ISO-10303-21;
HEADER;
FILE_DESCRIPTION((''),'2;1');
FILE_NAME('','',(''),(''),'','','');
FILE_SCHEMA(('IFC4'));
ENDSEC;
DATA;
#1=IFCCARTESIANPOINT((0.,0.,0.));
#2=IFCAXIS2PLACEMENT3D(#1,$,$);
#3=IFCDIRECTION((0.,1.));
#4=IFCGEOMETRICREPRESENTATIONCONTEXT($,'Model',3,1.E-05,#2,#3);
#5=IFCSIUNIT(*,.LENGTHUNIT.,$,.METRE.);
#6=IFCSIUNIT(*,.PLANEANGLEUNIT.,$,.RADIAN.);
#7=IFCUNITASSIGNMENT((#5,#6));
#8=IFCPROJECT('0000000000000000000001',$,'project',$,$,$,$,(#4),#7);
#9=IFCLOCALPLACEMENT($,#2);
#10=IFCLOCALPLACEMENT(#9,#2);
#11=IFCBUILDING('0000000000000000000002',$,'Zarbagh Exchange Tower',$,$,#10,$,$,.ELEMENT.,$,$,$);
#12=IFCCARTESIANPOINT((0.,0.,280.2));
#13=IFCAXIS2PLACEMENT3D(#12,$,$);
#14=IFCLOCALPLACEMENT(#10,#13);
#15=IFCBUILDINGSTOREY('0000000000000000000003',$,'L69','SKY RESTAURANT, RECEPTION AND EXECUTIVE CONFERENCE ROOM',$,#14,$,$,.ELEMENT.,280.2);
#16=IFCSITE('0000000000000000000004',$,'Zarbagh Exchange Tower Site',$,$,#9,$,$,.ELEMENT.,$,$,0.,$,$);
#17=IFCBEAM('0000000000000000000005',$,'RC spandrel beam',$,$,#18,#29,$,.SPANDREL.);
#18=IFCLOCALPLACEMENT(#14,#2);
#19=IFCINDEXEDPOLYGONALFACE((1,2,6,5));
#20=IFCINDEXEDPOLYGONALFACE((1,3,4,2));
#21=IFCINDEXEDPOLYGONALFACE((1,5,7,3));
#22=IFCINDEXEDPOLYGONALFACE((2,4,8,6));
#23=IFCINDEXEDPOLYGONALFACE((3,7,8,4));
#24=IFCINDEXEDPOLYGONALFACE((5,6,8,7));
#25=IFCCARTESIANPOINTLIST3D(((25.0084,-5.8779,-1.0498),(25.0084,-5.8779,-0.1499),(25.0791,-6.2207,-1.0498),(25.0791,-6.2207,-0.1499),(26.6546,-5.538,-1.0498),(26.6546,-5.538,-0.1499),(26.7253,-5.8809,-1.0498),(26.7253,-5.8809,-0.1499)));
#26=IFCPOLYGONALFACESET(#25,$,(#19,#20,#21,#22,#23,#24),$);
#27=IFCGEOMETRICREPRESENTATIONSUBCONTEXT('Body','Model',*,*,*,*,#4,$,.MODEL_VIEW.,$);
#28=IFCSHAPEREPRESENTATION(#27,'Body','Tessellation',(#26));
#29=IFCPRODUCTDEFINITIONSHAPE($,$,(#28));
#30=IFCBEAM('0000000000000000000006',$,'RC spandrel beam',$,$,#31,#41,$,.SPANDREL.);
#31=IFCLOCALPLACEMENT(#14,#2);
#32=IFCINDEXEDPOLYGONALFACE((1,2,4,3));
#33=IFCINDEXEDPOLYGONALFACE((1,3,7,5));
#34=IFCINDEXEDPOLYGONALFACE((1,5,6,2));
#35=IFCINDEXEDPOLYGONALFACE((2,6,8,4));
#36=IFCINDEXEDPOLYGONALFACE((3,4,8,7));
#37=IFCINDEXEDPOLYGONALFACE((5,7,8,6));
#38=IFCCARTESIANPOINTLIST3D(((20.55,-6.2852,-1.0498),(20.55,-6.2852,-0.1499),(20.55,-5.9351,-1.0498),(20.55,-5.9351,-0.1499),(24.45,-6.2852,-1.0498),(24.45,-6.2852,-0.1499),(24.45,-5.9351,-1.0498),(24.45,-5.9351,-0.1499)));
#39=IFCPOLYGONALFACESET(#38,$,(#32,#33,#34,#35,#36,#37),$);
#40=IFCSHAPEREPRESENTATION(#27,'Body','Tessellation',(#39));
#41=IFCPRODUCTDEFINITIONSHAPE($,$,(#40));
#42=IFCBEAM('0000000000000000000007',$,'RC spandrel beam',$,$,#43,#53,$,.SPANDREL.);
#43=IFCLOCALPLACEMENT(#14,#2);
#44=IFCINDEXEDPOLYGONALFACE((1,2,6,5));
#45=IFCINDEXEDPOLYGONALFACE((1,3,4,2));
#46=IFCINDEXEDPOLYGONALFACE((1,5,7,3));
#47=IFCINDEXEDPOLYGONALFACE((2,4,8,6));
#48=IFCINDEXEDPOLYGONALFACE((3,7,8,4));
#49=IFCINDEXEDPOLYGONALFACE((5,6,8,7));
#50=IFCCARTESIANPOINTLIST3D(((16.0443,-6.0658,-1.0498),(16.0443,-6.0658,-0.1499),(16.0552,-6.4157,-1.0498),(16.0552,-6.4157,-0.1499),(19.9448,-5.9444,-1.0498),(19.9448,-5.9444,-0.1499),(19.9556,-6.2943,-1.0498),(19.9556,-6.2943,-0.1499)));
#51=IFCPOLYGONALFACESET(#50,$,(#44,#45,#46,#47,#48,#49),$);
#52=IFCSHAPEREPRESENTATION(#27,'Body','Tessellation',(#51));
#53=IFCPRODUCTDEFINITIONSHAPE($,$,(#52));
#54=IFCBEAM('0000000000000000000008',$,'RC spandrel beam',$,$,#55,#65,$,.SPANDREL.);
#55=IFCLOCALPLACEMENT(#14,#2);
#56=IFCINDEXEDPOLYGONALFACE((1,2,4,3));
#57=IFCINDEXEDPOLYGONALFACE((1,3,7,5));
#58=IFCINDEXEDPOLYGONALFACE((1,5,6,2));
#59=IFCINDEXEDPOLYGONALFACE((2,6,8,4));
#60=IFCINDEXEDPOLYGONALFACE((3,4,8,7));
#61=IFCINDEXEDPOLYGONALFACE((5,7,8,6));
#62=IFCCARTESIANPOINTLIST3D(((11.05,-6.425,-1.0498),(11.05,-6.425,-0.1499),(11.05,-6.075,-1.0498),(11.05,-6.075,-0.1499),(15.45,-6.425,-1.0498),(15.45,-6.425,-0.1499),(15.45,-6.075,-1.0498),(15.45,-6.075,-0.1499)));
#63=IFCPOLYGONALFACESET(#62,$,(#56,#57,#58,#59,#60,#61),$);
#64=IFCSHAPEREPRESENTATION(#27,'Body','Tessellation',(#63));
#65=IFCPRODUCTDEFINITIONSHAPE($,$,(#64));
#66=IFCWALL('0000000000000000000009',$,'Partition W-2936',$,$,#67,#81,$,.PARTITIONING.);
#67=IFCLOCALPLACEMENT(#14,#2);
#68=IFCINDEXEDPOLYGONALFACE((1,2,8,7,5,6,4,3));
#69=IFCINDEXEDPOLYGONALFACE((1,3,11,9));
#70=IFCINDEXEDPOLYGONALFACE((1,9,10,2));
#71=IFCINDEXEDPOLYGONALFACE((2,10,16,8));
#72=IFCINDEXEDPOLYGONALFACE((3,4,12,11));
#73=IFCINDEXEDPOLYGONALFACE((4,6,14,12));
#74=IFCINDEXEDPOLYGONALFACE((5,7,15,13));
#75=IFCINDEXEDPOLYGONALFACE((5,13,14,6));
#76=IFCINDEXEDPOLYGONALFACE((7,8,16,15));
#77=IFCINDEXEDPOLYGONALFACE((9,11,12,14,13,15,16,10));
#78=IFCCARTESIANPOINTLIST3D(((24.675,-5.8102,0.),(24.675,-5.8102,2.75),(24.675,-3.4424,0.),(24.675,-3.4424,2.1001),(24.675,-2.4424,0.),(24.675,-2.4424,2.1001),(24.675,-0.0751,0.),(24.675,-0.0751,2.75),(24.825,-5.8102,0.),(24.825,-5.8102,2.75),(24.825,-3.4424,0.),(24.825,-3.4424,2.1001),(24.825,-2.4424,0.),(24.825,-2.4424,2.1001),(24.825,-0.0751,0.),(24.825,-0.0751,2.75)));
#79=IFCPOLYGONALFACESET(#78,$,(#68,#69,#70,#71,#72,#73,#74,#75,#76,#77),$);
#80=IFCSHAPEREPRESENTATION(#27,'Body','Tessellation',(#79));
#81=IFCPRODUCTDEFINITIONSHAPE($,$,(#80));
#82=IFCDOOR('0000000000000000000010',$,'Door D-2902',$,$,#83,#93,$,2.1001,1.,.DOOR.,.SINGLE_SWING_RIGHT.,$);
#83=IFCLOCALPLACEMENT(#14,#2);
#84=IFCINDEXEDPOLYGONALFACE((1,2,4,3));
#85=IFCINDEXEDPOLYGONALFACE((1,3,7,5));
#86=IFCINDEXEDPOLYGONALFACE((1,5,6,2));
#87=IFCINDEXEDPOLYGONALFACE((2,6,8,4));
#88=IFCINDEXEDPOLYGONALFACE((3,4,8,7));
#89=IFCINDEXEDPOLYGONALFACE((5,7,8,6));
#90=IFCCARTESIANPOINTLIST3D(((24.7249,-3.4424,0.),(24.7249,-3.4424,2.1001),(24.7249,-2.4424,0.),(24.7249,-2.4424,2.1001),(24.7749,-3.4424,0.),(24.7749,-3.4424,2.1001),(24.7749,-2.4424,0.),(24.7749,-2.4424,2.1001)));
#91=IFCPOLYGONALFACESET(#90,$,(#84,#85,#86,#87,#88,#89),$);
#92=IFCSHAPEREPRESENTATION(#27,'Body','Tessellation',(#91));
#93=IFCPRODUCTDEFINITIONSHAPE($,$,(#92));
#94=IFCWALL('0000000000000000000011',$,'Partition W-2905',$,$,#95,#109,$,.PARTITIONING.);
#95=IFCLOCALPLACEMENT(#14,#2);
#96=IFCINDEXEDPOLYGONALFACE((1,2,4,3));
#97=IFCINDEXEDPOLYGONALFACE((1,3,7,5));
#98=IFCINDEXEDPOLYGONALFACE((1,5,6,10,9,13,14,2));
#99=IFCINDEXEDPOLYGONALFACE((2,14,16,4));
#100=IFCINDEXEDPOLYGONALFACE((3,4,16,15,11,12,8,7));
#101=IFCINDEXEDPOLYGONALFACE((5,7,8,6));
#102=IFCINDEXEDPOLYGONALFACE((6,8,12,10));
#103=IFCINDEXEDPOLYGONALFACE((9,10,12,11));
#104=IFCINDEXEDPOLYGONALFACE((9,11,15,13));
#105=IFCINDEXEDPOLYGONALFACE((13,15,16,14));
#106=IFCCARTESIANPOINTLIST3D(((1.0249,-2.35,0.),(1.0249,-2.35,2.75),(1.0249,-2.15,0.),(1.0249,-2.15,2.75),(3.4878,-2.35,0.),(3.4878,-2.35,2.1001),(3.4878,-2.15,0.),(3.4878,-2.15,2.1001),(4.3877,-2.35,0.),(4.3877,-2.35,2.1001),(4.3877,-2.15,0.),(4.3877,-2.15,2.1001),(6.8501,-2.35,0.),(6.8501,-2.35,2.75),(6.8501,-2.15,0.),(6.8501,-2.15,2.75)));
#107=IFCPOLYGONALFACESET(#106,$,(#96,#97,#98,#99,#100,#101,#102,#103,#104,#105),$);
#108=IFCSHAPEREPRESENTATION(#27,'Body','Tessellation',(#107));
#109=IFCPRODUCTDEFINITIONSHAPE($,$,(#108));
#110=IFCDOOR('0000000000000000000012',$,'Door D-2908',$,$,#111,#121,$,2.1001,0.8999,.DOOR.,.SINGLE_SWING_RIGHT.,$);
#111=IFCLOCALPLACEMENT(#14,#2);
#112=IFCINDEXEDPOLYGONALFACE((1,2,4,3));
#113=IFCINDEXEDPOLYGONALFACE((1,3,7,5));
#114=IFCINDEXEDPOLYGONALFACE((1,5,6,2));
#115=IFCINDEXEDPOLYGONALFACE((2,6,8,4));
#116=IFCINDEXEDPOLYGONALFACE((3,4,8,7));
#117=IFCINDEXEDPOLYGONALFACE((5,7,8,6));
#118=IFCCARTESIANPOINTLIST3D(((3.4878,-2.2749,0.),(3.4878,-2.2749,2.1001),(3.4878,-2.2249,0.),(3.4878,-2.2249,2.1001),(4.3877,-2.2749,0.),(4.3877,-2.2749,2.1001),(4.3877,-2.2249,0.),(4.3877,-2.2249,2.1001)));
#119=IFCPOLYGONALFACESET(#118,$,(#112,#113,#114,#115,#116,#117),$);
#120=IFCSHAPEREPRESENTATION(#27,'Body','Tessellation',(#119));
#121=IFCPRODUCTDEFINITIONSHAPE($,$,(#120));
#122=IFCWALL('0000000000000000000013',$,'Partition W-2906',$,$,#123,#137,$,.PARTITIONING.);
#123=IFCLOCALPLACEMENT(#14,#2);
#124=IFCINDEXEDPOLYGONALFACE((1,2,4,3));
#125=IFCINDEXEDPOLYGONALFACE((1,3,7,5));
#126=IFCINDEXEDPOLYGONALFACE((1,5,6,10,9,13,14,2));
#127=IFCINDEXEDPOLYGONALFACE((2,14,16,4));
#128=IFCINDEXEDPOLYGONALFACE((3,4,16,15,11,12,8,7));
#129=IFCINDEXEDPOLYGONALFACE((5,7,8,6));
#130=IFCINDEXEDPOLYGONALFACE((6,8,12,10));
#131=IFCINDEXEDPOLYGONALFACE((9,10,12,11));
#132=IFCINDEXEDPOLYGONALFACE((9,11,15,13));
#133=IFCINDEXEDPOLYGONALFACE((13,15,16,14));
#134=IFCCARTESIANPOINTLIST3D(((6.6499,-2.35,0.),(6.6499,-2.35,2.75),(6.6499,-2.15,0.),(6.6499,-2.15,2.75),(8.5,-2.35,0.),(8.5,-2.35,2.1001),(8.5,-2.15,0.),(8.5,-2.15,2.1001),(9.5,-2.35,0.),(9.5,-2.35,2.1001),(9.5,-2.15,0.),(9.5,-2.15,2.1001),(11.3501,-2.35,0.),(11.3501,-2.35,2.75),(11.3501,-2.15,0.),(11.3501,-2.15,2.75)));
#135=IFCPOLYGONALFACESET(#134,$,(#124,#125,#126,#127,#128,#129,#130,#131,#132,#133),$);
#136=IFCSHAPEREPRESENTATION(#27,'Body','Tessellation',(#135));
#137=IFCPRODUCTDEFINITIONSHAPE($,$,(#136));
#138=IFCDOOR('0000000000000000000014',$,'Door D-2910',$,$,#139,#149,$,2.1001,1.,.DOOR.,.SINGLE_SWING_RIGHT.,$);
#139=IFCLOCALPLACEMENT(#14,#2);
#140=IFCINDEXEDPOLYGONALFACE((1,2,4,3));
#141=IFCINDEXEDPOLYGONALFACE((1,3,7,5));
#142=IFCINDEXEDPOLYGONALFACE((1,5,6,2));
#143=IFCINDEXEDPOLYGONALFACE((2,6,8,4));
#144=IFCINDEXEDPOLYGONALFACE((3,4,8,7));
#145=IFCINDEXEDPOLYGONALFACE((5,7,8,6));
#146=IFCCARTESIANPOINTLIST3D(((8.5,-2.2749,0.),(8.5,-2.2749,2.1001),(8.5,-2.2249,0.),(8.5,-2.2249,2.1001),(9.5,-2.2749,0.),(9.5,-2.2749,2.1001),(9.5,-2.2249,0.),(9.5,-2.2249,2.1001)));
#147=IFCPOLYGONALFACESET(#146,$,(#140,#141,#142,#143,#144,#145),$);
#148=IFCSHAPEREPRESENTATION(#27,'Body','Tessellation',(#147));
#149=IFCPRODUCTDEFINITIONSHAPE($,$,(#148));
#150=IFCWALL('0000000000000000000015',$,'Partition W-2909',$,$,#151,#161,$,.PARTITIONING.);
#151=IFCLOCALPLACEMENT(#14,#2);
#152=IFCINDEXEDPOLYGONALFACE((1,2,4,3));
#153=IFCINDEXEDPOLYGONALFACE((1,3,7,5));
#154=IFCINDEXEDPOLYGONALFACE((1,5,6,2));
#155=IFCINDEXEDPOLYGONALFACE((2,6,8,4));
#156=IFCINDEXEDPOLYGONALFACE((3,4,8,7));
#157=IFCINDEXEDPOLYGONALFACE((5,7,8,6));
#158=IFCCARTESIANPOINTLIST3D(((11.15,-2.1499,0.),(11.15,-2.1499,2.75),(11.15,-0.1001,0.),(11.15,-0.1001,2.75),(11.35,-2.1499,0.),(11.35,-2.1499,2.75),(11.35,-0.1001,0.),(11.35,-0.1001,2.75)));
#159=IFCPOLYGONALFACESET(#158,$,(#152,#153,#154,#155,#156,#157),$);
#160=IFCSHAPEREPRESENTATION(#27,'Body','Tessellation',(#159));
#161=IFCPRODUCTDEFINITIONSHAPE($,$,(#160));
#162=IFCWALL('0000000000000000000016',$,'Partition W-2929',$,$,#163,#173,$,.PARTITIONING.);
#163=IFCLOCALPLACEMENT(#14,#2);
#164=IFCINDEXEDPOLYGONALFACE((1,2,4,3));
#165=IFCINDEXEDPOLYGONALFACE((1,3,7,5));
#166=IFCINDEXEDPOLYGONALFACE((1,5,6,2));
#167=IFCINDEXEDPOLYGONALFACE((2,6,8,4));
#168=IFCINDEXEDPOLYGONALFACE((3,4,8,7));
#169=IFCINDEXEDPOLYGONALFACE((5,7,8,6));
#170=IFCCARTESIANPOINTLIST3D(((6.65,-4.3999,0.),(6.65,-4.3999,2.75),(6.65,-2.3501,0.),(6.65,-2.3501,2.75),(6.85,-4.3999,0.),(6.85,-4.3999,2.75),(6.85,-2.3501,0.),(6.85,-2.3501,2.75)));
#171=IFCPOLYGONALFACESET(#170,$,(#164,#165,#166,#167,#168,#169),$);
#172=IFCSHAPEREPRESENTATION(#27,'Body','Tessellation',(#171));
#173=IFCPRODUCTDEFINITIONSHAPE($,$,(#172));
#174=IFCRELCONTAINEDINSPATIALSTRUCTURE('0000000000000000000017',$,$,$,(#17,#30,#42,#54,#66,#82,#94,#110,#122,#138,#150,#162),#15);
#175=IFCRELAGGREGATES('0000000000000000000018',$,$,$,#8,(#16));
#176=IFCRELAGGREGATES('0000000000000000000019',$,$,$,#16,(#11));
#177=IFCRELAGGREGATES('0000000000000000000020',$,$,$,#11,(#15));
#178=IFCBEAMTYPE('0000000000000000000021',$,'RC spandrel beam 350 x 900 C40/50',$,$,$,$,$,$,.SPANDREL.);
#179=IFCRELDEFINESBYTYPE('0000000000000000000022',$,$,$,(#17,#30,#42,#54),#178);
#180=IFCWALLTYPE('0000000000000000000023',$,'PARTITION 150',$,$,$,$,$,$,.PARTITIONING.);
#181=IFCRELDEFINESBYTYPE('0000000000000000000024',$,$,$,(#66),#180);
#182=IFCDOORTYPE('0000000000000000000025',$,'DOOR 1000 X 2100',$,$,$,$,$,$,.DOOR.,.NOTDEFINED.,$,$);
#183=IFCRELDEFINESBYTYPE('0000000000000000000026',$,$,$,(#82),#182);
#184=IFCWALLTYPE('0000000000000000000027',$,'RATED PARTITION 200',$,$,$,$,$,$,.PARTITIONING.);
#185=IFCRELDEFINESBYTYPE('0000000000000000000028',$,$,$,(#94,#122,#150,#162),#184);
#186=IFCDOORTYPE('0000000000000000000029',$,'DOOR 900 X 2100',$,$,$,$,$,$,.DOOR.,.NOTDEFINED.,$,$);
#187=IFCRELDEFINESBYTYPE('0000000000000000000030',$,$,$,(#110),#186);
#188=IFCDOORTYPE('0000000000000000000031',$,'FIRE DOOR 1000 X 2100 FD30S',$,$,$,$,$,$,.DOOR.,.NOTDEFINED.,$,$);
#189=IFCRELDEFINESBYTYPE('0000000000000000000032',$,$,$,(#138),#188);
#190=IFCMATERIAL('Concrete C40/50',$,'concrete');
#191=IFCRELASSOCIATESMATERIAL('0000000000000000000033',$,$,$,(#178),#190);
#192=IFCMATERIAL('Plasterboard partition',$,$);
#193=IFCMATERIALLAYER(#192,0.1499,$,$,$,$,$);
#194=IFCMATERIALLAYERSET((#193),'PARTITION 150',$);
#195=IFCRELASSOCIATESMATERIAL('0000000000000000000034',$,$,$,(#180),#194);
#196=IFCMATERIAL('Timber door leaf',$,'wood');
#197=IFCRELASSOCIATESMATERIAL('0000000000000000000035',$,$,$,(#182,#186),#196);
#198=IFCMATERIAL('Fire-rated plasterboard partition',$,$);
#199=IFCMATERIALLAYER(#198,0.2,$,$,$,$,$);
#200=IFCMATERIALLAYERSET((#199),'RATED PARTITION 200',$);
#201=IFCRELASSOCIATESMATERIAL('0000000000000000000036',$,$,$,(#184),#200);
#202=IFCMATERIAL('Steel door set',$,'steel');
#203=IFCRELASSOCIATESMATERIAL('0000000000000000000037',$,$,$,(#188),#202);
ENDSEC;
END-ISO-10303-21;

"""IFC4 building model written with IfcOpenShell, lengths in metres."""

from ifc_helpers import new_model, si_unit, direction, frame, frame_2d, origin, origin_2d, place, context, subcontext, project, spatial, rectangle, extrude, material, layer, layer_set, material_profile, profile_set, type_object, element, fill, save


model = new_model("IFC4")

# Units and contexts
model_context = context("Model", 3, precision=1e-05, world=origin(), true_north=direction((0.0, 1.0)))
body_context = subcontext(model_context, "Body", "Model", "MODEL_VIEW")
ifc_project = project(units=[si_unit("LENGTHUNIT", "METRE"), si_unit("PLANEANGLEUNIT", "RADIAN")], contexts=[model_context])

# Site, building, storey
site_placement = place(None, origin())
site = spatial("IfcSite", under=ifc_project, at=site_placement, Name="Zarbagh Exchange Tower Site", CompositionType="ELEMENT", RefElevation=0.0)
building_placement = place(site_placement, origin())
building = spatial("IfcBuilding", under=site, at=building_placement, Name="Zarbagh Exchange Tower", CompositionType="ELEMENT")
storey_placement = place(building_placement, frame((0.0, 0.0, 280.2)))
storey = spatial("IfcBuildingStorey", under=building, at=storey_placement, Name="L69", Description="SKY RESTAURANT, RECEPTION AND EXECUTIVE CONFERENCE ROOM", CompositionType="ELEMENT", Elevation=280.2)

# Shared definitions
ifc_material_1 = material(Name="Concrete C40/50", Category="concrete")

# Beams
ifc_material_profile_1 = material_profile(ifc_material_1, rectangle(XDim=0.3501, YDim=0.8999, at=origin_2d()), Name="RC spandrel beam 350 x 900 C40/50")
ifc_profile_set_1 = profile_set([ifc_material_profile_1], Name="Concrete C40/50")
beam_type_1 = type_object("IfcBeamType", Name="RC spandrel beam 350 x 900 C40/50", PredefinedType="SPANDREL", material=ifc_profile_set_1)
beam_1_placement = place(storey_placement, frame((26.6899, -5.7095, -0.5999), z_axis=(-0.97935, -0.202173, 0.0), x_axis=(0.202173, -0.97935, 0.0)))
element("IfcBeam", 1, at=beam_1_placement, inside=storey, type_object=beam_type_1, Name="RC spandrel beam", PredefinedType="SPANDREL", context=body_context, shape_type="SweptSolid", body=[
    extrude(rectangle(XDim=0.3501, YDim=0.8999, at=origin_2d()), origin(), (0.0, 0.0, 1.0), 1.6809),
])
beam_2_placement = place(storey_placement, frame((24.45, -6.1101, -0.5999), z_axis=(-1.0, 0.0, 0.0), x_axis=(0.0, -1.0, 0.0)))
element("IfcBeam", 2, at=beam_2_placement, inside=storey, type_object=beam_type_1, Name="RC spandrel beam", PredefinedType="SPANDREL", context=body_context, shape_type="SweptSolid", body=[
    extrude(rectangle(XDim=0.3501, YDim=0.8999, at=origin_2d()), origin(), (0.0, 0.0, 1.0), 3.8999),
])
beam_3_placement = place(storey_placement, frame((19.9502, -6.1194, -0.5999), z_axis=(-0.999516, -0.031094, 0.0), x_axis=(0.031094, -0.999516, 0.0)))
element("IfcBeam", 3, at=beam_3_placement, inside=storey, type_object=beam_type_1, Name="RC spandrel beam", PredefinedType="SPANDREL", context=body_context, shape_type="SweptSolid", body=[
    extrude(rectangle(XDim=0.3501, YDim=0.8999, at=origin_2d()), origin(), (0.0, 0.0, 1.0), 3.9023),
])
beam_4_placement = place(storey_placement, frame((15.45, -6.25, -0.5999), z_axis=(-1.0, 0.0, 0.0), x_axis=(0.0, -1.0, 0.0)))
element("IfcBeam", 4, at=beam_4_placement, inside=storey, type_object=beam_type_1, Name="RC spandrel beam", PredefinedType="SPANDREL", context=body_context, shape_type="SweptSolid", body=[
    extrude(rectangle(XDim=0.3501, YDim=0.8999, at=origin_2d()), origin(), (0.0, 0.0, 1.0), 4.3999),
])

# Walls, openings, doors
ifc_material_2 = material(Name="Plasterboard partition")
ifc_layer_1 = layer(ifc_material_2, 0.1499)
ifc_layer_set_1 = layer_set([ifc_layer_1], Name="PARTITION 150")
wall_type_1 = type_object("IfcWallType", Name="PARTITION 150", PredefinedType="PARTITIONING", material=ifc_layer_set_1)
wall_1_placement = place(storey_placement, frame((24.75, -0.075, 0.0), z_axis=(0.0, 0.0, 1.0), x_axis=(0.0, -1.0, 0.0)))
wall_1 = element("IfcWall", 5, at=wall_1_placement, inside=storey, type_object=wall_type_1, Name="Partition W-2936", PredefinedType="PARTITIONING", context=body_context, shape_type="SweptSolid", body=[
    extrude(rectangle(XDim=5.7351, YDim=0.1499, at=frame_2d((2.8677, 0.0))), origin(), (0.0, 0.0, 1.0), 2.75),
])
opening_1_placement = place(wall_1_placement, frame((2.3674, 0.0, 0.0)))
opening_1 = element("IfcOpeningElement", 6, at=opening_1_placement, cuts=wall_1, PredefinedType="OPENING", context=body_context, shape_type="SweptSolid", body=[
    extrude(rectangle(XDim=1.0, YDim=2.1001, at=frame_2d((0.5, 1.05))), frame((0.0, 0.085, 0.0), z_axis=(0.0, -1.0, 0.0), x_axis=(1.0, 0.0, 0.0)), (0.0, 0.0, 1.0), 0.1699),
])
ifc_material_3 = material(Name="Timber door leaf", Category="wood")
door_type_1 = type_object("IfcDoorType", Name="DOOR 1000 X 2100", OperationType="NOTDEFINED", PredefinedType="DOOR", material=ifc_material_3)
door_1_placement = place(opening_1_placement, origin())
door_1 = element("IfcDoor", 7, at=door_1_placement, inside=storey, type_object=door_type_1, Name="Door D-2902", OperationType="SINGLE_SWING_RIGHT", OverallHeight=2.1001, OverallWidth=1.0, PredefinedType="DOOR", context=body_context, shape_type="SweptSolid", body=[
    extrude(rectangle(XDim=1.0, YDim=2.1001, at=frame_2d((0.5, 1.05))), frame((0.0, 0.0249, 0.0), z_axis=(0.0, -1.0, 0.0), x_axis=(1.0, 0.0, 0.0)), (0.0, 0.0, 1.0), 0.05),
])
fill(opening_1, door_1)
ifc_material_4 = material(Name="Fire-rated plasterboard partition")
ifc_layer_2 = layer(ifc_material_4, 0.2)
ifc_layer_set_2 = layer_set([ifc_layer_2], Name="RATED PARTITION 200")
wall_type_2 = type_object("IfcWallType", Name="RATED PARTITION 200", PredefinedType="PARTITIONING", material=ifc_layer_set_2)
wall_2_placement = place(storey_placement, frame((6.8501, -2.25, 0.0), z_axis=(0.0, 0.0, 1.0), x_axis=(-1.0, 0.0, 0.0)))
wall_2 = element("IfcWall", 8, at=wall_2_placement, inside=storey, type_object=wall_type_2, Name="Partition W-2905", PredefinedType="PARTITIONING", context=body_context, shape_type="SweptSolid", body=[
    extrude(rectangle(XDim=5.8252, YDim=0.2, at=frame_2d((2.9126, 0.0))), origin(), (0.0, 0.0, 1.0), 2.75),
])
opening_2_placement = place(wall_2_placement, frame((2.4624, 0.0, 0.0)))
opening_2 = element("IfcOpeningElement", 9, at=opening_2_placement, cuts=wall_2, PredefinedType="OPENING", context=body_context, shape_type="SweptSolid", body=[
    extrude(rectangle(XDim=0.8999, YDim=2.1001, at=frame_2d((0.45, 1.05))), frame((0.0, 0.1099, 0.0), z_axis=(0.0, -1.0, 0.0), x_axis=(1.0, 0.0, 0.0)), (0.0, 0.0, 1.0), 0.22),
])
door_type_2 = type_object("IfcDoorType", Name="DOOR 900 X 2100", OperationType="NOTDEFINED", PredefinedType="DOOR", material=ifc_material_3)
door_2_placement = place(opening_2_placement, origin())
door_2 = element("IfcDoor", 10, at=door_2_placement, inside=storey, type_object=door_type_2, Name="Door D-2908", OperationType="SINGLE_SWING_RIGHT", OverallHeight=2.1001, OverallWidth=0.8999, PredefinedType="DOOR", context=body_context, shape_type="SweptSolid", body=[
    extrude(rectangle(XDim=0.8999, YDim=2.1001, at=frame_2d((0.45, 1.05))), frame((0.0, 0.0249, 0.0), z_axis=(0.0, -1.0, 0.0), x_axis=(1.0, 0.0, 0.0)), (0.0, 0.0, 1.0), 0.05),
])
fill(opening_2, door_2)
wall_3_placement = place(storey_placement, frame((11.3501, -2.25, 0.0), z_axis=(0.0, 0.0, 1.0), x_axis=(-1.0, 0.0, 0.0)))
wall_3 = element("IfcWall", 11, at=wall_3_placement, inside=storey, type_object=wall_type_2, Name="Partition W-2906", PredefinedType="PARTITIONING", context=body_context, shape_type="SweptSolid", body=[
    extrude(rectangle(XDim=4.7002, YDim=0.2, at=frame_2d((2.3501, 0.0))), origin(), (0.0, 0.0, 1.0), 2.75),
])
opening_3_placement = place(wall_3_placement, frame((1.8501, 0.0, 0.0)))
opening_3 = element("IfcOpeningElement", 12, at=opening_3_placement, cuts=wall_3, PredefinedType="OPENING", context=body_context, shape_type="SweptSolid", body=[
    extrude(rectangle(XDim=1.0, YDim=2.1001, at=frame_2d((0.5, 1.05))), frame((0.0, 0.1099, 0.0), z_axis=(0.0, -1.0, 0.0), x_axis=(1.0, 0.0, 0.0)), (0.0, 0.0, 1.0), 0.22),
])
ifc_material_5 = material(Name="Steel door set", Category="steel")
door_type_3 = type_object("IfcDoorType", Name="FIRE DOOR 1000 X 2100 FD30S", OperationType="NOTDEFINED", PredefinedType="DOOR", material=ifc_material_5)
door_3_placement = place(opening_3_placement, origin())
door_3 = element("IfcDoor", 13, at=door_3_placement, inside=storey, type_object=door_type_3, Name="Door D-2910", OperationType="SINGLE_SWING_RIGHT", OverallHeight=2.1001, OverallWidth=1.0, PredefinedType="DOOR", context=body_context, shape_type="SweptSolid", body=[
    extrude(rectangle(XDim=1.0, YDim=2.1001, at=frame_2d((0.5, 1.05))), frame((0.0, 0.0249, 0.0), z_axis=(0.0, -1.0, 0.0), x_axis=(1.0, 0.0, 0.0)), (0.0, 0.0, 1.0), 0.05),
])
fill(opening_3, door_3)

# Walls
for number, where, z_axis, x_axis, name in (
    (14, (11.25, -2.1499, 0.0), (0.0, 0.0, 1.0), (0.0, 1.0, 0.0), "Partition W-2909"),
    (15, (6.75, -4.3999, 0.0), (0.0, 0.0, 1.0), (0.0, 1.0, 0.0), "Partition W-2929"),
):
    element("IfcWall", number, at=place(storey_placement, frame(where, z_axis=z_axis, x_axis=x_axis)), inside=storey, type_object=wall_type_2, Name=name, PredefinedType="PARTITIONING", context=body_context, shape_type="SweptSolid", body=[
        extrude(rectangle(XDim=2.0498, YDim=0.2, at=frame_2d((1.0249, 0.0))), origin(), (0.0, 0.0, 1.0), 2.75),
    ])

save(model, "model.ifc")
